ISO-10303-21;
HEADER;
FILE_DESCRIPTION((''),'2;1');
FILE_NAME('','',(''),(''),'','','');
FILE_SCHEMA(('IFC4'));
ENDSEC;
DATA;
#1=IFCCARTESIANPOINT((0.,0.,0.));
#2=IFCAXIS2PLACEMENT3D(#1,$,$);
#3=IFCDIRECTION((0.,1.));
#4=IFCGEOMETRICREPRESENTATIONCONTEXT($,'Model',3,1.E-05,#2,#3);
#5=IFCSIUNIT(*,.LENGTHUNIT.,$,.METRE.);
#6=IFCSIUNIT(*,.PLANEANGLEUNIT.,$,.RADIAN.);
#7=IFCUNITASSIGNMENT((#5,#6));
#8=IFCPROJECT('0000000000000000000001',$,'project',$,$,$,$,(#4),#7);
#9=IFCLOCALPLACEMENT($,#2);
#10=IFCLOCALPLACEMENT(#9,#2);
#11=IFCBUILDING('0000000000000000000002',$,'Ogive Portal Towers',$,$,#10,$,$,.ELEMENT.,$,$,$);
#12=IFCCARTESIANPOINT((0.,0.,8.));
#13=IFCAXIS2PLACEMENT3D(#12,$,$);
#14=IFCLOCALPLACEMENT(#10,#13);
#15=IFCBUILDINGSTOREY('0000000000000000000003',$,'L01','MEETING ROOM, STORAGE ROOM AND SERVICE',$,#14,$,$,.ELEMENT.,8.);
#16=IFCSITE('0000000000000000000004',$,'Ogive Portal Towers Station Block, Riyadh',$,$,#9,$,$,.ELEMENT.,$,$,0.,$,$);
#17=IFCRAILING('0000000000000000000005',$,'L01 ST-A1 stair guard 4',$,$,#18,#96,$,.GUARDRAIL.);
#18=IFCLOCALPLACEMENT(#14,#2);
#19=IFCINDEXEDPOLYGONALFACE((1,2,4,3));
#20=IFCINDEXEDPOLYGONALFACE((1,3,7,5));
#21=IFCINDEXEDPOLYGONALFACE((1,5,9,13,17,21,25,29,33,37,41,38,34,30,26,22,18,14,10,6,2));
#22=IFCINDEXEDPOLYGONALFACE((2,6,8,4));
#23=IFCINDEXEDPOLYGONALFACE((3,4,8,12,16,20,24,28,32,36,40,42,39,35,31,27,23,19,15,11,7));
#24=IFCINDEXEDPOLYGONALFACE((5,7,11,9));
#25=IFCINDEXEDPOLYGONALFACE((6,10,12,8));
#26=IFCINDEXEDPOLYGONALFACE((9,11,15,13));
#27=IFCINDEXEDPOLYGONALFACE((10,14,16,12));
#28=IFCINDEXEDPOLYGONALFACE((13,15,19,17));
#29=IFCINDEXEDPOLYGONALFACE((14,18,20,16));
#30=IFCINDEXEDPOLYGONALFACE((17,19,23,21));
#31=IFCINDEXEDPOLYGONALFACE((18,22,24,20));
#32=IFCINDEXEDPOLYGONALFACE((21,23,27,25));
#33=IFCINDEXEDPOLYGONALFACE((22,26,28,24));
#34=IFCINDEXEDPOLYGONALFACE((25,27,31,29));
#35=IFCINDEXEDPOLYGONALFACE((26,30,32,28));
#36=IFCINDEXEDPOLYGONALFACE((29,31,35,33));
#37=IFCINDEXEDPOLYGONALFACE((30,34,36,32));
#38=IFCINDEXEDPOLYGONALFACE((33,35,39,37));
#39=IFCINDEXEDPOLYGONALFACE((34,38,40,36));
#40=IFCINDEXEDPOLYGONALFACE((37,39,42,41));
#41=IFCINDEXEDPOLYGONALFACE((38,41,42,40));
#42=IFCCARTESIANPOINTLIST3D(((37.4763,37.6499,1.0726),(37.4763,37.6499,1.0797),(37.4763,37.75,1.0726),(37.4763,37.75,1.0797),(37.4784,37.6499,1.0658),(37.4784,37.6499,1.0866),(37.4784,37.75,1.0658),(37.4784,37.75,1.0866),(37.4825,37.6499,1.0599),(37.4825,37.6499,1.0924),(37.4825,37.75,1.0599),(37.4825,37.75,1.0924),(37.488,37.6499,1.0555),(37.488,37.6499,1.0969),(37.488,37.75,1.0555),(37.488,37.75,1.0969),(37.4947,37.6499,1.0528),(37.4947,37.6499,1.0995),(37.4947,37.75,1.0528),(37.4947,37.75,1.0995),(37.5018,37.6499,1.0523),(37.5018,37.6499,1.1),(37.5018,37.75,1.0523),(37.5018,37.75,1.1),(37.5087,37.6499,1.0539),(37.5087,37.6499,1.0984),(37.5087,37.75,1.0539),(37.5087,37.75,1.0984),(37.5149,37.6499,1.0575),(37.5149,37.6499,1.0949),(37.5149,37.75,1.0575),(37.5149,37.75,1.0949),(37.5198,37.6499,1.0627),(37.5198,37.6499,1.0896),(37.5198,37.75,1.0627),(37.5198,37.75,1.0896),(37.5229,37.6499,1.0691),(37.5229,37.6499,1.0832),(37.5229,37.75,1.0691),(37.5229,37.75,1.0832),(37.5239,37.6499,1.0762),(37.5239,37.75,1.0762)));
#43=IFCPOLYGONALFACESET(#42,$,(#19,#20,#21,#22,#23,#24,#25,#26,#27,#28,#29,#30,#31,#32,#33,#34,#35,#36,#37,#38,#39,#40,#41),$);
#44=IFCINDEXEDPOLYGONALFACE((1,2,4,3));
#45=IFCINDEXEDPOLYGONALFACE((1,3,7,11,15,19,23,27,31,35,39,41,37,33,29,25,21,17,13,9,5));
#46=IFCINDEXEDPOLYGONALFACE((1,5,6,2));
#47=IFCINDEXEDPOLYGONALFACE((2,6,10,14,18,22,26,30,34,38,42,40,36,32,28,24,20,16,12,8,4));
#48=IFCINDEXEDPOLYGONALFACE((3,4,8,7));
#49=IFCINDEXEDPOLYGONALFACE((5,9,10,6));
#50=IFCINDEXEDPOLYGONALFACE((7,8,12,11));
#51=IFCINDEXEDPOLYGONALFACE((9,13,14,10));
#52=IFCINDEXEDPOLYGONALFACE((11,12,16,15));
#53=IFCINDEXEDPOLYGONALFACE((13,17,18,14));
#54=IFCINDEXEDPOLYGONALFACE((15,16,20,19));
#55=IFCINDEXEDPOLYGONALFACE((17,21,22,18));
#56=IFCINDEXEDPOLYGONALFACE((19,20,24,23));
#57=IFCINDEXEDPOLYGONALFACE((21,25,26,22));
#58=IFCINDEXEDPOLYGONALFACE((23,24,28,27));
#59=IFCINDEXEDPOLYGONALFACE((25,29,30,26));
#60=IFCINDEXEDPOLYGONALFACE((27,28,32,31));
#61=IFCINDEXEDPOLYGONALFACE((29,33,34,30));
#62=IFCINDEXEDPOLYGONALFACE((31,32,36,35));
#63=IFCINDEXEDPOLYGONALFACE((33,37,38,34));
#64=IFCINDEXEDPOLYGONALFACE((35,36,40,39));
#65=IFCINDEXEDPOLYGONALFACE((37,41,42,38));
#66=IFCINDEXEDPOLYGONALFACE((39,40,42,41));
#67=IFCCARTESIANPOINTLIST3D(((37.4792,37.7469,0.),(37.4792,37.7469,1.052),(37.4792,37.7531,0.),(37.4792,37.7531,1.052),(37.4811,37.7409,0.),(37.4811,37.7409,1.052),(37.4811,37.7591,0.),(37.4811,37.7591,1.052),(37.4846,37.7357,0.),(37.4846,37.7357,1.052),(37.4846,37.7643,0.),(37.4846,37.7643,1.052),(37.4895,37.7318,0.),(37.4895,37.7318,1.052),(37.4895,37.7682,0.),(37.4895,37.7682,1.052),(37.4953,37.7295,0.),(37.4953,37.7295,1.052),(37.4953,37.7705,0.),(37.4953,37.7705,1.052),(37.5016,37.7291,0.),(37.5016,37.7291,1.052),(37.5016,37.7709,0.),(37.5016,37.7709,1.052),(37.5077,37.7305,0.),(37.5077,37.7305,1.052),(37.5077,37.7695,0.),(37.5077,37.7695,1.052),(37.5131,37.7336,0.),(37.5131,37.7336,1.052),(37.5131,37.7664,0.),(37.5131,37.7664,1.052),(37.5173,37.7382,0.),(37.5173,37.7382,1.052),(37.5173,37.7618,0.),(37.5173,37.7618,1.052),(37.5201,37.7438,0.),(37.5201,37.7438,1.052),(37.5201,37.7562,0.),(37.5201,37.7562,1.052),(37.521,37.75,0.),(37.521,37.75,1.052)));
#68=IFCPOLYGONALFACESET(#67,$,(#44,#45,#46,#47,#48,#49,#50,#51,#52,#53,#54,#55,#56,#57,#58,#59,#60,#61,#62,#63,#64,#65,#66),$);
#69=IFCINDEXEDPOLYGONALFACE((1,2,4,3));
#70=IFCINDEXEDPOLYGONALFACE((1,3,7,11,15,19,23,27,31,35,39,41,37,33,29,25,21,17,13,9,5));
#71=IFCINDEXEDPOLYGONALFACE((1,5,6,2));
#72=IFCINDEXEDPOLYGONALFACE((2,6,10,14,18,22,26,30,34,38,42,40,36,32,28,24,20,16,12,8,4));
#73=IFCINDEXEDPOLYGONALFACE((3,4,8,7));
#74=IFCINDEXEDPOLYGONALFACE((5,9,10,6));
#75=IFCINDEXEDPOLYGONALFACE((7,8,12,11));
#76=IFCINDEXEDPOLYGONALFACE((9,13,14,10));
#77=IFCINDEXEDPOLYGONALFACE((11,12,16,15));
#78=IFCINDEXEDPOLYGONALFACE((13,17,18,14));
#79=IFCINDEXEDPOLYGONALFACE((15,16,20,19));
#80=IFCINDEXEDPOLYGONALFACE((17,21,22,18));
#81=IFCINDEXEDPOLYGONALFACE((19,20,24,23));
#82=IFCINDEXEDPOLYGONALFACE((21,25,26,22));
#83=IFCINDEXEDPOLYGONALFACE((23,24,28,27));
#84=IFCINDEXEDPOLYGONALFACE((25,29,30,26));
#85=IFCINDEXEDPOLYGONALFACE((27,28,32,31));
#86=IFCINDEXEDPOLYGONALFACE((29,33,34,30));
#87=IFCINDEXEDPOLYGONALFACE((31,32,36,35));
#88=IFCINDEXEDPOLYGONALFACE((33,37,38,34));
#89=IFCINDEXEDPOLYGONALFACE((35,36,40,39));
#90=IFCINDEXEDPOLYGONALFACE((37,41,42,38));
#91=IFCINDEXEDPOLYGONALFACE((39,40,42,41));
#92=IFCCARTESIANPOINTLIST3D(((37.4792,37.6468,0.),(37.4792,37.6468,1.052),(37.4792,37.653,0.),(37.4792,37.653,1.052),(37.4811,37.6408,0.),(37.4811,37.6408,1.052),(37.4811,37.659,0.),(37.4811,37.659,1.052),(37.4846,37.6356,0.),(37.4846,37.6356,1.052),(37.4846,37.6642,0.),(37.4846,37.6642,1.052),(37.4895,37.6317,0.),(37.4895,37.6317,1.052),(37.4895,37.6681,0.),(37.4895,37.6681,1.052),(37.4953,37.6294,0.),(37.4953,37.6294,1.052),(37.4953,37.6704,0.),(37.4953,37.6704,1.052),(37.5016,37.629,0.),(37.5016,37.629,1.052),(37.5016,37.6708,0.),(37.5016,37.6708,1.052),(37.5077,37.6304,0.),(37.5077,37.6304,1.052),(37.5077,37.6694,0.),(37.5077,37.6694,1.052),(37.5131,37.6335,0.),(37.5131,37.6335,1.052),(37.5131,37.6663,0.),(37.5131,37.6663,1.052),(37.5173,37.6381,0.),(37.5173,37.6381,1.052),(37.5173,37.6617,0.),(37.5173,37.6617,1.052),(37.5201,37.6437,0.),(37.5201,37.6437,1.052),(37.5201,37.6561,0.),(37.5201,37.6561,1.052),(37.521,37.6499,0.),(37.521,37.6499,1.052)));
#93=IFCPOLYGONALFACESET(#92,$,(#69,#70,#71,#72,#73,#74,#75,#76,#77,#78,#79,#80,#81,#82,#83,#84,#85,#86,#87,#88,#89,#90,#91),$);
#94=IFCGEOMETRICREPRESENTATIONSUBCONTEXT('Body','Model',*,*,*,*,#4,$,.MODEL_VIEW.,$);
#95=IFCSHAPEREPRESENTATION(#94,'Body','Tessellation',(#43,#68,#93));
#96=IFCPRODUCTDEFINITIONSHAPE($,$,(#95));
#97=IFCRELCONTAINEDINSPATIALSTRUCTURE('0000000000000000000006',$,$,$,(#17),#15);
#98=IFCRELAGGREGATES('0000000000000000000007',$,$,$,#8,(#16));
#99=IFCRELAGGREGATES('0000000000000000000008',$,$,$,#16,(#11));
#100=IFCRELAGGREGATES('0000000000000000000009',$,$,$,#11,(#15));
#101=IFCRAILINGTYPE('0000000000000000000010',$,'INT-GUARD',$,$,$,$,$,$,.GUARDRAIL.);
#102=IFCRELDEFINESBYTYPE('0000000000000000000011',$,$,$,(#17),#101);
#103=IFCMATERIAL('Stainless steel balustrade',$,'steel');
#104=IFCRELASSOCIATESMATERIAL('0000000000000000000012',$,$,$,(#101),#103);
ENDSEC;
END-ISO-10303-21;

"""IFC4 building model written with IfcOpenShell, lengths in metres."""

from ifc_helpers import new_model, si_unit, direction, frame, origin, origin_2d, place, context, subcontext, project, spatial, circle, extrude, material, type_object, element, save


model = new_model("IFC4")

# Units and contexts
model_context = context("Model", 3, precision=1e-05, world=origin(), true_north=direction((0.0, 1.0)))
body_context = subcontext(model_context, "Body", "Model", "MODEL_VIEW")
ifc_project = project(units=[si_unit("LENGTHUNIT", "METRE"), si_unit("PLANEANGLEUNIT", "RADIAN")], contexts=[model_context])

# Site, building, storey
site_placement = place(None, origin())
site = spatial("IfcSite", under=ifc_project, at=site_placement, Name="Ogive Portal Towers Station Block, Riyadh", CompositionType="ELEMENT", RefElevation=0.0)
building_placement = place(site_placement, origin())
building = spatial("IfcBuilding", under=site, at=building_placement, Name="Ogive Portal Towers", CompositionType="ELEMENT")
storey_placement = place(building_placement, frame((0.0, 0.0, 8.0)))
storey = spatial("IfcBuildingStorey", under=building, at=storey_placement, Name="L01", Description="MEETING ROOM, STORAGE ROOM AND SERVICE", CompositionType="ELEMENT", Elevation=8.0)

# Railing
ifc_material_1 = material(Name="Stainless steel balustrade", Category="steel")
railing_type_1 = type_object("IfcRailingType", Name="INT-GUARD", PredefinedType="GUARDRAIL", material=ifc_material_1)
railing_1_placement = place(storey_placement, frame((37.5, 37.75, 0.0)))
element("IfcRailing", 1, at=railing_1_placement, inside=storey, type_object=railing_type_1, Name="L01 ST-A1 stair guard 4", PredefinedType="GUARDRAIL", context=body_context, shape_type="SweptSolid", body=[
    extrude(circle(Radius=0.0239, at=origin_2d()), frame((0.0, 0.0, 1.0762), z_axis=(0.0, -1.0, 0.0), x_axis=(1.0, 0.0, 0.0)), (0.0, 0.0, 1.0), 0.1001),
    extrude(circle(Radius=0.021, at=origin_2d()), origin(), (0.0, 0.0, 1.0), 1.052),
    extrude(circle(Radius=0.021, at=origin_2d()), frame((0.0, -0.1001, 0.0)), (0.0, 0.0, 1.0), 1.052),
])

save(model, "model.ifc")
